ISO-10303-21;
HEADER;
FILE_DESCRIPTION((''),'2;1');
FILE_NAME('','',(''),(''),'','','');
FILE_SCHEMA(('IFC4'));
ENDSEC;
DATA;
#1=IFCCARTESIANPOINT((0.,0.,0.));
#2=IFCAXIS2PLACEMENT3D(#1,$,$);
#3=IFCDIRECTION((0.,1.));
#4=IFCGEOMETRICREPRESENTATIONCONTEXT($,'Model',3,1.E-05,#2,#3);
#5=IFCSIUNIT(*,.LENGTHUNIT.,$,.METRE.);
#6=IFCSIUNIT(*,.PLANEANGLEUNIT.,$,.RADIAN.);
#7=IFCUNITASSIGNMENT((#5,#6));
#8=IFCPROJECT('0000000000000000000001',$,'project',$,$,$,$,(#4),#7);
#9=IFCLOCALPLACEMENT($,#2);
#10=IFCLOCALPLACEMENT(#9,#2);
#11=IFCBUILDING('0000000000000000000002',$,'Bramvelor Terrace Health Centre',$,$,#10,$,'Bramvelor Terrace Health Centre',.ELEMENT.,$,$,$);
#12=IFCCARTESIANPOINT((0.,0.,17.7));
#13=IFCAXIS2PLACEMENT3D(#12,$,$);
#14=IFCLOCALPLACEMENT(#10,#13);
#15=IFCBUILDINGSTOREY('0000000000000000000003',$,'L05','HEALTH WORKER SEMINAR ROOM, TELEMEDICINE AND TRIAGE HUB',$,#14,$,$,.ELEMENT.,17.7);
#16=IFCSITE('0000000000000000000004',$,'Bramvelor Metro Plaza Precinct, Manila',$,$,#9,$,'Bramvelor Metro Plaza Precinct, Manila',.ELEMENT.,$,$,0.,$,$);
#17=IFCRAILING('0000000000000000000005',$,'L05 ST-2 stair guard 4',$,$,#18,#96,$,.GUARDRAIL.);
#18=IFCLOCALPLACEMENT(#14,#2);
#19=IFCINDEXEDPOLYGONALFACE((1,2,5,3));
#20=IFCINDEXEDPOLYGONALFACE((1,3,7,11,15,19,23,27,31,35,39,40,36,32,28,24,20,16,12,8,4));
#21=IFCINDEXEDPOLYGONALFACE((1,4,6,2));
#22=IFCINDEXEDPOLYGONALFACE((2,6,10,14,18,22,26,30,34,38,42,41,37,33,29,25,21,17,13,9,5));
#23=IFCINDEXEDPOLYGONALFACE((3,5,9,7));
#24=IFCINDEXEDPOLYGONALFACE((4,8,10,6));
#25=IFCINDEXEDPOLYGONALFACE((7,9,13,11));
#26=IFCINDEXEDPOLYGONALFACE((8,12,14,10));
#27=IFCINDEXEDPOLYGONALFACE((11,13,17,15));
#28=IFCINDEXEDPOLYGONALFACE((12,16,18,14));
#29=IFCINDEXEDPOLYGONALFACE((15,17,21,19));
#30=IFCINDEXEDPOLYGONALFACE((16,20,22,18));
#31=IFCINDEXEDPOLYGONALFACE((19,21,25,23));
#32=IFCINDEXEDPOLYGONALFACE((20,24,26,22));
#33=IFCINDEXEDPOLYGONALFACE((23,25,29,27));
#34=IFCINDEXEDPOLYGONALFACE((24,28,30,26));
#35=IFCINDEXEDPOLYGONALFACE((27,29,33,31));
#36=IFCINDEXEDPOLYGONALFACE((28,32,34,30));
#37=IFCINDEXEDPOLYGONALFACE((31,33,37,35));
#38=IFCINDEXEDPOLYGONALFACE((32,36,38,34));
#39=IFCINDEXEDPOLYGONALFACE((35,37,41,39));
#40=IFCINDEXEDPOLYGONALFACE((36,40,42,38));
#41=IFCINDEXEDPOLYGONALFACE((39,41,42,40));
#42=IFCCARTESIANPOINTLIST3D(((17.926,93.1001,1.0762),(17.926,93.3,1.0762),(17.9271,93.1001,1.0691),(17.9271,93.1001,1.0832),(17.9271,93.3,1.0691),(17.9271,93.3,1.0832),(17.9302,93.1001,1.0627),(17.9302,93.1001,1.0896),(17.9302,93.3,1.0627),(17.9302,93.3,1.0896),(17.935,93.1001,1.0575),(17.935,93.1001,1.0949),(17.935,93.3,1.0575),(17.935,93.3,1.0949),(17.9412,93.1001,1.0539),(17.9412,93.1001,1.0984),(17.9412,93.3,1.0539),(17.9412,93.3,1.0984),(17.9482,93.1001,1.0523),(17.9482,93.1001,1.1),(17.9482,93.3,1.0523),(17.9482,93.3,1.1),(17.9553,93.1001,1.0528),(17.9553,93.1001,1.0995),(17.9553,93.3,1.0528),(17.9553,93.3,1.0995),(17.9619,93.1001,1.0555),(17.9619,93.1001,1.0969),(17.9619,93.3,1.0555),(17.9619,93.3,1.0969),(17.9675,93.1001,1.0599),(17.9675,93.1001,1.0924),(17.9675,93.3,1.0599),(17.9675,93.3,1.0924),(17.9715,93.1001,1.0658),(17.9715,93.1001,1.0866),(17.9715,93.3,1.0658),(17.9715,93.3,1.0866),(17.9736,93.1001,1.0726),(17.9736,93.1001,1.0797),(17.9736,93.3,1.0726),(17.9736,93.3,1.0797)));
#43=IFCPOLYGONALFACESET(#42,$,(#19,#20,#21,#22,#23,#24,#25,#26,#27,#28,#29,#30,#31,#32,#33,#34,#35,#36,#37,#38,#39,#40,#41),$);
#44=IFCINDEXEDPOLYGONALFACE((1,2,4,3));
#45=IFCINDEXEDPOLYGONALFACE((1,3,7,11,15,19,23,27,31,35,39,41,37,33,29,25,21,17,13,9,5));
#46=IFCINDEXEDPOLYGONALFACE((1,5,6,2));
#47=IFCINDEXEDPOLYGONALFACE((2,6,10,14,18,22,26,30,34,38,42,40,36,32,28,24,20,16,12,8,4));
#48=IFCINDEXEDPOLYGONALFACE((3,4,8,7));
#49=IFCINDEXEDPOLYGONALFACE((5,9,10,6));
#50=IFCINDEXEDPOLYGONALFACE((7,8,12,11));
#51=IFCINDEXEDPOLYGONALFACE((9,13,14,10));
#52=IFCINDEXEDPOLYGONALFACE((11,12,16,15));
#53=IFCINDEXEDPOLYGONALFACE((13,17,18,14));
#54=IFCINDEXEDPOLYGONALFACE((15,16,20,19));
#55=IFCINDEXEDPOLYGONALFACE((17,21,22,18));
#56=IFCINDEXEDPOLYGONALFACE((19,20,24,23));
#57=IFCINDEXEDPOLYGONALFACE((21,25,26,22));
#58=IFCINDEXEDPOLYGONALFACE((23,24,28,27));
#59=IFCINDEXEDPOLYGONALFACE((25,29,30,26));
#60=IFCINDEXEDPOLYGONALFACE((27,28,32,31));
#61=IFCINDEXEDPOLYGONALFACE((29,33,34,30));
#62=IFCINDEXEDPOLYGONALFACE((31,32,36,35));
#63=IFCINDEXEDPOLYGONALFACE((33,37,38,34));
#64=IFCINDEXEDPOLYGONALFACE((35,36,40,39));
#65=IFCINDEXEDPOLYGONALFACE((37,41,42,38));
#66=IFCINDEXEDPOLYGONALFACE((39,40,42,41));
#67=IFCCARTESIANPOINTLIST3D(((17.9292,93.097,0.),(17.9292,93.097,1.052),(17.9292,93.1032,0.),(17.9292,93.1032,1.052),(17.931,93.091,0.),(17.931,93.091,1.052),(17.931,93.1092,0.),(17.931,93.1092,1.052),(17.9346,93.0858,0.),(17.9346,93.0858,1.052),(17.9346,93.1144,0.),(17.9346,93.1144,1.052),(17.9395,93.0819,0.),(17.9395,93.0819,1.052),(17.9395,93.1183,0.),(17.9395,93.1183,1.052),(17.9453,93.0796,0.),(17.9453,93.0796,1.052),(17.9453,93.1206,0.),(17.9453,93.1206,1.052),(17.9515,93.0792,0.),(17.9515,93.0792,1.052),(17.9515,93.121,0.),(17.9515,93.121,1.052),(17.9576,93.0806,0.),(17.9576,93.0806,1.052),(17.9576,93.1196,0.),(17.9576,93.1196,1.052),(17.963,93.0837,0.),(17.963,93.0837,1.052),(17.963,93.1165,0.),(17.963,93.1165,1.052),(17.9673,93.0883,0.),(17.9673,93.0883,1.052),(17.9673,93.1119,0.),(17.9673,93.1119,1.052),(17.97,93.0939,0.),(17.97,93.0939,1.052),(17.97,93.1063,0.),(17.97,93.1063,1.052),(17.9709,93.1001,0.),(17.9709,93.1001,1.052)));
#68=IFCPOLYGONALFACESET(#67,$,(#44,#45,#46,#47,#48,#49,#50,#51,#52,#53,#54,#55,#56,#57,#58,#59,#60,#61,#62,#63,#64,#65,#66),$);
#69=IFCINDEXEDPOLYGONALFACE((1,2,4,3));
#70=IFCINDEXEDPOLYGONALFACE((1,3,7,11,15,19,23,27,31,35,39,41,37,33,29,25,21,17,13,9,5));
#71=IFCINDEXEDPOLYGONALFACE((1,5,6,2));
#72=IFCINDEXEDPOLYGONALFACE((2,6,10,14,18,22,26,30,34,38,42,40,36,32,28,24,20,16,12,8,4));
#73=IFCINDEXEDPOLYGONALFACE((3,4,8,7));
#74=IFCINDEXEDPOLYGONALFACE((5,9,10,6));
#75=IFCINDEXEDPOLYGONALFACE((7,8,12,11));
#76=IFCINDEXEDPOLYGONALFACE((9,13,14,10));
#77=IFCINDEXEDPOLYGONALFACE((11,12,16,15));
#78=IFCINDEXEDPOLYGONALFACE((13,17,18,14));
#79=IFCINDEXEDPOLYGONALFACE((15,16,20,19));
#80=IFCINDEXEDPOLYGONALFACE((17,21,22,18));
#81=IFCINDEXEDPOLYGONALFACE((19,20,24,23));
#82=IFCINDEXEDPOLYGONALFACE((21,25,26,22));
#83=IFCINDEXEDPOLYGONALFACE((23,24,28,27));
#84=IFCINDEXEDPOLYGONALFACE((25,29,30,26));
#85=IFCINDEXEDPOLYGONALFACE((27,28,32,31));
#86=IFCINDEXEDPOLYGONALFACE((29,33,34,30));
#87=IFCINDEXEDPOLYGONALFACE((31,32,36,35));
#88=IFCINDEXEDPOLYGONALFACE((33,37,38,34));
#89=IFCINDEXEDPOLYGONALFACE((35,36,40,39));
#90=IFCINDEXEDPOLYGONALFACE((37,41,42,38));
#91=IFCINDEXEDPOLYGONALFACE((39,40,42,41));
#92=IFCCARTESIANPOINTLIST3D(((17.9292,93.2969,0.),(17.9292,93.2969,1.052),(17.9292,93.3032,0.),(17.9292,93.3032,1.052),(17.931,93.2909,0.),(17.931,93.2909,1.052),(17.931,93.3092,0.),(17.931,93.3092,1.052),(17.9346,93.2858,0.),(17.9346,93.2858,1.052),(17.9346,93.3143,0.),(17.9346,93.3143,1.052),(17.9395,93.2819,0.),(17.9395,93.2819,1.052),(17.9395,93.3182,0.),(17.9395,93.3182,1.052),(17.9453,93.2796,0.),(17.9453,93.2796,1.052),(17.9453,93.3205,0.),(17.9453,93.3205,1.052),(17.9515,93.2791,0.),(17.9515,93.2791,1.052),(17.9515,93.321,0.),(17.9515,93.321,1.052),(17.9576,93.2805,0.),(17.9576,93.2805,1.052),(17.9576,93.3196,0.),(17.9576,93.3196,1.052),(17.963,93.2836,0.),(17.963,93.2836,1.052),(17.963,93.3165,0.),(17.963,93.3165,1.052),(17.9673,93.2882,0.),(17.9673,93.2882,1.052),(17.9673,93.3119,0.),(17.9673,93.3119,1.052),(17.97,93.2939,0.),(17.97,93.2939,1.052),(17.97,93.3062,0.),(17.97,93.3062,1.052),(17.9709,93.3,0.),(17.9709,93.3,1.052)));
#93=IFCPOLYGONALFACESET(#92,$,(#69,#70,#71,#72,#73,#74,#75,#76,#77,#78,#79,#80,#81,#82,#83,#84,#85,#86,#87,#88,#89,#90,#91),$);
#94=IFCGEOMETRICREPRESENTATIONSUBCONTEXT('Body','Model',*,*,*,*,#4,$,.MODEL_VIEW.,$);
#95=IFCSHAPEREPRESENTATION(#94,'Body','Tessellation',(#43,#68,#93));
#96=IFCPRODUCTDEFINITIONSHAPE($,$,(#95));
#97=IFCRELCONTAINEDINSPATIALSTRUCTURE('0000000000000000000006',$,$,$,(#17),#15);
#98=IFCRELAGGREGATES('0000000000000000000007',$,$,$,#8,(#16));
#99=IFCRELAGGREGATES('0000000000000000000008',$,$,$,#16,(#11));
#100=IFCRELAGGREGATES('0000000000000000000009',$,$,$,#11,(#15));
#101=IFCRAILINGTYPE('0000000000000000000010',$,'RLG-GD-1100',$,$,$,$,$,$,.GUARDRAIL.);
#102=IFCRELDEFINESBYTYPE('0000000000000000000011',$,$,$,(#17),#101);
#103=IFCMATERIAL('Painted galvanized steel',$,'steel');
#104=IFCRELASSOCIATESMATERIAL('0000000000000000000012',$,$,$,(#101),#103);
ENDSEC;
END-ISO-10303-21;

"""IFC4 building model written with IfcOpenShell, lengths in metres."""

from ifc_helpers import new_model, si_unit, direction, frame, origin, origin_2d, place, context, subcontext, project, spatial, circle, extrude, material, type_object, element, save


model = new_model("IFC4")

# Units and contexts
model_context = context("Model", 3, precision=1e-05, world=origin(), true_north=direction((0.0, 1.0)))
body_context = subcontext(model_context, "Body", "Model", "MODEL_VIEW")
ifc_project = project(units=[si_unit("LENGTHUNIT", "METRE"), si_unit("PLANEANGLEUNIT", "RADIAN")], contexts=[model_context])

# Site, building, storey
site_placement = place(None, origin())
site = spatial("IfcSite", under=ifc_project, at=site_placement, Name="Bramvelor Metro Plaza Precinct, Manila", LongName="Bramvelor Metro Plaza Precinct, Manila", CompositionType="ELEMENT", RefElevation=0.0)
building_placement = place(site_placement, origin())
building = spatial("IfcBuilding", under=site, at=building_placement, Name="Bramvelor Terrace Health Centre", LongName="Bramvelor Terrace Health Centre", CompositionType="ELEMENT")
storey_placement = place(building_placement, frame((0.0, 0.0, 17.7)))
storey = spatial("IfcBuildingStorey", under=building, at=storey_placement, Name="L05", Description="HEALTH WORKER SEMINAR ROOM, TELEMEDICINE AND TRIAGE HUB", CompositionType="ELEMENT", Elevation=17.7)

# Railing
ifc_material_1 = material(Name="Painted galvanized steel", Category="steel")
railing_type_1 = type_object("IfcRailingType", Name="RLG-GD-1100", PredefinedType="GUARDRAIL", material=ifc_material_1)
railing_1_placement = place(storey_placement, frame((17.95, 93.1001, 0.0)))
element("IfcRailing", 1, at=railing_1_placement, inside=storey, type_object=railing_type_1, Name="L05 ST-2 stair guard 4", PredefinedType="GUARDRAIL", context=body_context, shape_type="SweptSolid", body=[
    extrude(circle(Radius=0.0239, at=origin_2d()), frame((0.0, 0.0, 1.0762), z_axis=(0.0, 1.0, 0.0), x_axis=(-1.0, 0.0, 0.0)), (0.0, 0.0, 1.0), 0.2),
    extrude(circle(Radius=0.021, at=origin_2d()), origin(), (0.0, 0.0, 1.0), 1.052),
    extrude(circle(Radius=0.021, at=origin_2d()), frame((0.0, 0.2, 0.0)), (0.0, 0.0, 1.0), 1.052),
])

save(model, "model.ifc")
